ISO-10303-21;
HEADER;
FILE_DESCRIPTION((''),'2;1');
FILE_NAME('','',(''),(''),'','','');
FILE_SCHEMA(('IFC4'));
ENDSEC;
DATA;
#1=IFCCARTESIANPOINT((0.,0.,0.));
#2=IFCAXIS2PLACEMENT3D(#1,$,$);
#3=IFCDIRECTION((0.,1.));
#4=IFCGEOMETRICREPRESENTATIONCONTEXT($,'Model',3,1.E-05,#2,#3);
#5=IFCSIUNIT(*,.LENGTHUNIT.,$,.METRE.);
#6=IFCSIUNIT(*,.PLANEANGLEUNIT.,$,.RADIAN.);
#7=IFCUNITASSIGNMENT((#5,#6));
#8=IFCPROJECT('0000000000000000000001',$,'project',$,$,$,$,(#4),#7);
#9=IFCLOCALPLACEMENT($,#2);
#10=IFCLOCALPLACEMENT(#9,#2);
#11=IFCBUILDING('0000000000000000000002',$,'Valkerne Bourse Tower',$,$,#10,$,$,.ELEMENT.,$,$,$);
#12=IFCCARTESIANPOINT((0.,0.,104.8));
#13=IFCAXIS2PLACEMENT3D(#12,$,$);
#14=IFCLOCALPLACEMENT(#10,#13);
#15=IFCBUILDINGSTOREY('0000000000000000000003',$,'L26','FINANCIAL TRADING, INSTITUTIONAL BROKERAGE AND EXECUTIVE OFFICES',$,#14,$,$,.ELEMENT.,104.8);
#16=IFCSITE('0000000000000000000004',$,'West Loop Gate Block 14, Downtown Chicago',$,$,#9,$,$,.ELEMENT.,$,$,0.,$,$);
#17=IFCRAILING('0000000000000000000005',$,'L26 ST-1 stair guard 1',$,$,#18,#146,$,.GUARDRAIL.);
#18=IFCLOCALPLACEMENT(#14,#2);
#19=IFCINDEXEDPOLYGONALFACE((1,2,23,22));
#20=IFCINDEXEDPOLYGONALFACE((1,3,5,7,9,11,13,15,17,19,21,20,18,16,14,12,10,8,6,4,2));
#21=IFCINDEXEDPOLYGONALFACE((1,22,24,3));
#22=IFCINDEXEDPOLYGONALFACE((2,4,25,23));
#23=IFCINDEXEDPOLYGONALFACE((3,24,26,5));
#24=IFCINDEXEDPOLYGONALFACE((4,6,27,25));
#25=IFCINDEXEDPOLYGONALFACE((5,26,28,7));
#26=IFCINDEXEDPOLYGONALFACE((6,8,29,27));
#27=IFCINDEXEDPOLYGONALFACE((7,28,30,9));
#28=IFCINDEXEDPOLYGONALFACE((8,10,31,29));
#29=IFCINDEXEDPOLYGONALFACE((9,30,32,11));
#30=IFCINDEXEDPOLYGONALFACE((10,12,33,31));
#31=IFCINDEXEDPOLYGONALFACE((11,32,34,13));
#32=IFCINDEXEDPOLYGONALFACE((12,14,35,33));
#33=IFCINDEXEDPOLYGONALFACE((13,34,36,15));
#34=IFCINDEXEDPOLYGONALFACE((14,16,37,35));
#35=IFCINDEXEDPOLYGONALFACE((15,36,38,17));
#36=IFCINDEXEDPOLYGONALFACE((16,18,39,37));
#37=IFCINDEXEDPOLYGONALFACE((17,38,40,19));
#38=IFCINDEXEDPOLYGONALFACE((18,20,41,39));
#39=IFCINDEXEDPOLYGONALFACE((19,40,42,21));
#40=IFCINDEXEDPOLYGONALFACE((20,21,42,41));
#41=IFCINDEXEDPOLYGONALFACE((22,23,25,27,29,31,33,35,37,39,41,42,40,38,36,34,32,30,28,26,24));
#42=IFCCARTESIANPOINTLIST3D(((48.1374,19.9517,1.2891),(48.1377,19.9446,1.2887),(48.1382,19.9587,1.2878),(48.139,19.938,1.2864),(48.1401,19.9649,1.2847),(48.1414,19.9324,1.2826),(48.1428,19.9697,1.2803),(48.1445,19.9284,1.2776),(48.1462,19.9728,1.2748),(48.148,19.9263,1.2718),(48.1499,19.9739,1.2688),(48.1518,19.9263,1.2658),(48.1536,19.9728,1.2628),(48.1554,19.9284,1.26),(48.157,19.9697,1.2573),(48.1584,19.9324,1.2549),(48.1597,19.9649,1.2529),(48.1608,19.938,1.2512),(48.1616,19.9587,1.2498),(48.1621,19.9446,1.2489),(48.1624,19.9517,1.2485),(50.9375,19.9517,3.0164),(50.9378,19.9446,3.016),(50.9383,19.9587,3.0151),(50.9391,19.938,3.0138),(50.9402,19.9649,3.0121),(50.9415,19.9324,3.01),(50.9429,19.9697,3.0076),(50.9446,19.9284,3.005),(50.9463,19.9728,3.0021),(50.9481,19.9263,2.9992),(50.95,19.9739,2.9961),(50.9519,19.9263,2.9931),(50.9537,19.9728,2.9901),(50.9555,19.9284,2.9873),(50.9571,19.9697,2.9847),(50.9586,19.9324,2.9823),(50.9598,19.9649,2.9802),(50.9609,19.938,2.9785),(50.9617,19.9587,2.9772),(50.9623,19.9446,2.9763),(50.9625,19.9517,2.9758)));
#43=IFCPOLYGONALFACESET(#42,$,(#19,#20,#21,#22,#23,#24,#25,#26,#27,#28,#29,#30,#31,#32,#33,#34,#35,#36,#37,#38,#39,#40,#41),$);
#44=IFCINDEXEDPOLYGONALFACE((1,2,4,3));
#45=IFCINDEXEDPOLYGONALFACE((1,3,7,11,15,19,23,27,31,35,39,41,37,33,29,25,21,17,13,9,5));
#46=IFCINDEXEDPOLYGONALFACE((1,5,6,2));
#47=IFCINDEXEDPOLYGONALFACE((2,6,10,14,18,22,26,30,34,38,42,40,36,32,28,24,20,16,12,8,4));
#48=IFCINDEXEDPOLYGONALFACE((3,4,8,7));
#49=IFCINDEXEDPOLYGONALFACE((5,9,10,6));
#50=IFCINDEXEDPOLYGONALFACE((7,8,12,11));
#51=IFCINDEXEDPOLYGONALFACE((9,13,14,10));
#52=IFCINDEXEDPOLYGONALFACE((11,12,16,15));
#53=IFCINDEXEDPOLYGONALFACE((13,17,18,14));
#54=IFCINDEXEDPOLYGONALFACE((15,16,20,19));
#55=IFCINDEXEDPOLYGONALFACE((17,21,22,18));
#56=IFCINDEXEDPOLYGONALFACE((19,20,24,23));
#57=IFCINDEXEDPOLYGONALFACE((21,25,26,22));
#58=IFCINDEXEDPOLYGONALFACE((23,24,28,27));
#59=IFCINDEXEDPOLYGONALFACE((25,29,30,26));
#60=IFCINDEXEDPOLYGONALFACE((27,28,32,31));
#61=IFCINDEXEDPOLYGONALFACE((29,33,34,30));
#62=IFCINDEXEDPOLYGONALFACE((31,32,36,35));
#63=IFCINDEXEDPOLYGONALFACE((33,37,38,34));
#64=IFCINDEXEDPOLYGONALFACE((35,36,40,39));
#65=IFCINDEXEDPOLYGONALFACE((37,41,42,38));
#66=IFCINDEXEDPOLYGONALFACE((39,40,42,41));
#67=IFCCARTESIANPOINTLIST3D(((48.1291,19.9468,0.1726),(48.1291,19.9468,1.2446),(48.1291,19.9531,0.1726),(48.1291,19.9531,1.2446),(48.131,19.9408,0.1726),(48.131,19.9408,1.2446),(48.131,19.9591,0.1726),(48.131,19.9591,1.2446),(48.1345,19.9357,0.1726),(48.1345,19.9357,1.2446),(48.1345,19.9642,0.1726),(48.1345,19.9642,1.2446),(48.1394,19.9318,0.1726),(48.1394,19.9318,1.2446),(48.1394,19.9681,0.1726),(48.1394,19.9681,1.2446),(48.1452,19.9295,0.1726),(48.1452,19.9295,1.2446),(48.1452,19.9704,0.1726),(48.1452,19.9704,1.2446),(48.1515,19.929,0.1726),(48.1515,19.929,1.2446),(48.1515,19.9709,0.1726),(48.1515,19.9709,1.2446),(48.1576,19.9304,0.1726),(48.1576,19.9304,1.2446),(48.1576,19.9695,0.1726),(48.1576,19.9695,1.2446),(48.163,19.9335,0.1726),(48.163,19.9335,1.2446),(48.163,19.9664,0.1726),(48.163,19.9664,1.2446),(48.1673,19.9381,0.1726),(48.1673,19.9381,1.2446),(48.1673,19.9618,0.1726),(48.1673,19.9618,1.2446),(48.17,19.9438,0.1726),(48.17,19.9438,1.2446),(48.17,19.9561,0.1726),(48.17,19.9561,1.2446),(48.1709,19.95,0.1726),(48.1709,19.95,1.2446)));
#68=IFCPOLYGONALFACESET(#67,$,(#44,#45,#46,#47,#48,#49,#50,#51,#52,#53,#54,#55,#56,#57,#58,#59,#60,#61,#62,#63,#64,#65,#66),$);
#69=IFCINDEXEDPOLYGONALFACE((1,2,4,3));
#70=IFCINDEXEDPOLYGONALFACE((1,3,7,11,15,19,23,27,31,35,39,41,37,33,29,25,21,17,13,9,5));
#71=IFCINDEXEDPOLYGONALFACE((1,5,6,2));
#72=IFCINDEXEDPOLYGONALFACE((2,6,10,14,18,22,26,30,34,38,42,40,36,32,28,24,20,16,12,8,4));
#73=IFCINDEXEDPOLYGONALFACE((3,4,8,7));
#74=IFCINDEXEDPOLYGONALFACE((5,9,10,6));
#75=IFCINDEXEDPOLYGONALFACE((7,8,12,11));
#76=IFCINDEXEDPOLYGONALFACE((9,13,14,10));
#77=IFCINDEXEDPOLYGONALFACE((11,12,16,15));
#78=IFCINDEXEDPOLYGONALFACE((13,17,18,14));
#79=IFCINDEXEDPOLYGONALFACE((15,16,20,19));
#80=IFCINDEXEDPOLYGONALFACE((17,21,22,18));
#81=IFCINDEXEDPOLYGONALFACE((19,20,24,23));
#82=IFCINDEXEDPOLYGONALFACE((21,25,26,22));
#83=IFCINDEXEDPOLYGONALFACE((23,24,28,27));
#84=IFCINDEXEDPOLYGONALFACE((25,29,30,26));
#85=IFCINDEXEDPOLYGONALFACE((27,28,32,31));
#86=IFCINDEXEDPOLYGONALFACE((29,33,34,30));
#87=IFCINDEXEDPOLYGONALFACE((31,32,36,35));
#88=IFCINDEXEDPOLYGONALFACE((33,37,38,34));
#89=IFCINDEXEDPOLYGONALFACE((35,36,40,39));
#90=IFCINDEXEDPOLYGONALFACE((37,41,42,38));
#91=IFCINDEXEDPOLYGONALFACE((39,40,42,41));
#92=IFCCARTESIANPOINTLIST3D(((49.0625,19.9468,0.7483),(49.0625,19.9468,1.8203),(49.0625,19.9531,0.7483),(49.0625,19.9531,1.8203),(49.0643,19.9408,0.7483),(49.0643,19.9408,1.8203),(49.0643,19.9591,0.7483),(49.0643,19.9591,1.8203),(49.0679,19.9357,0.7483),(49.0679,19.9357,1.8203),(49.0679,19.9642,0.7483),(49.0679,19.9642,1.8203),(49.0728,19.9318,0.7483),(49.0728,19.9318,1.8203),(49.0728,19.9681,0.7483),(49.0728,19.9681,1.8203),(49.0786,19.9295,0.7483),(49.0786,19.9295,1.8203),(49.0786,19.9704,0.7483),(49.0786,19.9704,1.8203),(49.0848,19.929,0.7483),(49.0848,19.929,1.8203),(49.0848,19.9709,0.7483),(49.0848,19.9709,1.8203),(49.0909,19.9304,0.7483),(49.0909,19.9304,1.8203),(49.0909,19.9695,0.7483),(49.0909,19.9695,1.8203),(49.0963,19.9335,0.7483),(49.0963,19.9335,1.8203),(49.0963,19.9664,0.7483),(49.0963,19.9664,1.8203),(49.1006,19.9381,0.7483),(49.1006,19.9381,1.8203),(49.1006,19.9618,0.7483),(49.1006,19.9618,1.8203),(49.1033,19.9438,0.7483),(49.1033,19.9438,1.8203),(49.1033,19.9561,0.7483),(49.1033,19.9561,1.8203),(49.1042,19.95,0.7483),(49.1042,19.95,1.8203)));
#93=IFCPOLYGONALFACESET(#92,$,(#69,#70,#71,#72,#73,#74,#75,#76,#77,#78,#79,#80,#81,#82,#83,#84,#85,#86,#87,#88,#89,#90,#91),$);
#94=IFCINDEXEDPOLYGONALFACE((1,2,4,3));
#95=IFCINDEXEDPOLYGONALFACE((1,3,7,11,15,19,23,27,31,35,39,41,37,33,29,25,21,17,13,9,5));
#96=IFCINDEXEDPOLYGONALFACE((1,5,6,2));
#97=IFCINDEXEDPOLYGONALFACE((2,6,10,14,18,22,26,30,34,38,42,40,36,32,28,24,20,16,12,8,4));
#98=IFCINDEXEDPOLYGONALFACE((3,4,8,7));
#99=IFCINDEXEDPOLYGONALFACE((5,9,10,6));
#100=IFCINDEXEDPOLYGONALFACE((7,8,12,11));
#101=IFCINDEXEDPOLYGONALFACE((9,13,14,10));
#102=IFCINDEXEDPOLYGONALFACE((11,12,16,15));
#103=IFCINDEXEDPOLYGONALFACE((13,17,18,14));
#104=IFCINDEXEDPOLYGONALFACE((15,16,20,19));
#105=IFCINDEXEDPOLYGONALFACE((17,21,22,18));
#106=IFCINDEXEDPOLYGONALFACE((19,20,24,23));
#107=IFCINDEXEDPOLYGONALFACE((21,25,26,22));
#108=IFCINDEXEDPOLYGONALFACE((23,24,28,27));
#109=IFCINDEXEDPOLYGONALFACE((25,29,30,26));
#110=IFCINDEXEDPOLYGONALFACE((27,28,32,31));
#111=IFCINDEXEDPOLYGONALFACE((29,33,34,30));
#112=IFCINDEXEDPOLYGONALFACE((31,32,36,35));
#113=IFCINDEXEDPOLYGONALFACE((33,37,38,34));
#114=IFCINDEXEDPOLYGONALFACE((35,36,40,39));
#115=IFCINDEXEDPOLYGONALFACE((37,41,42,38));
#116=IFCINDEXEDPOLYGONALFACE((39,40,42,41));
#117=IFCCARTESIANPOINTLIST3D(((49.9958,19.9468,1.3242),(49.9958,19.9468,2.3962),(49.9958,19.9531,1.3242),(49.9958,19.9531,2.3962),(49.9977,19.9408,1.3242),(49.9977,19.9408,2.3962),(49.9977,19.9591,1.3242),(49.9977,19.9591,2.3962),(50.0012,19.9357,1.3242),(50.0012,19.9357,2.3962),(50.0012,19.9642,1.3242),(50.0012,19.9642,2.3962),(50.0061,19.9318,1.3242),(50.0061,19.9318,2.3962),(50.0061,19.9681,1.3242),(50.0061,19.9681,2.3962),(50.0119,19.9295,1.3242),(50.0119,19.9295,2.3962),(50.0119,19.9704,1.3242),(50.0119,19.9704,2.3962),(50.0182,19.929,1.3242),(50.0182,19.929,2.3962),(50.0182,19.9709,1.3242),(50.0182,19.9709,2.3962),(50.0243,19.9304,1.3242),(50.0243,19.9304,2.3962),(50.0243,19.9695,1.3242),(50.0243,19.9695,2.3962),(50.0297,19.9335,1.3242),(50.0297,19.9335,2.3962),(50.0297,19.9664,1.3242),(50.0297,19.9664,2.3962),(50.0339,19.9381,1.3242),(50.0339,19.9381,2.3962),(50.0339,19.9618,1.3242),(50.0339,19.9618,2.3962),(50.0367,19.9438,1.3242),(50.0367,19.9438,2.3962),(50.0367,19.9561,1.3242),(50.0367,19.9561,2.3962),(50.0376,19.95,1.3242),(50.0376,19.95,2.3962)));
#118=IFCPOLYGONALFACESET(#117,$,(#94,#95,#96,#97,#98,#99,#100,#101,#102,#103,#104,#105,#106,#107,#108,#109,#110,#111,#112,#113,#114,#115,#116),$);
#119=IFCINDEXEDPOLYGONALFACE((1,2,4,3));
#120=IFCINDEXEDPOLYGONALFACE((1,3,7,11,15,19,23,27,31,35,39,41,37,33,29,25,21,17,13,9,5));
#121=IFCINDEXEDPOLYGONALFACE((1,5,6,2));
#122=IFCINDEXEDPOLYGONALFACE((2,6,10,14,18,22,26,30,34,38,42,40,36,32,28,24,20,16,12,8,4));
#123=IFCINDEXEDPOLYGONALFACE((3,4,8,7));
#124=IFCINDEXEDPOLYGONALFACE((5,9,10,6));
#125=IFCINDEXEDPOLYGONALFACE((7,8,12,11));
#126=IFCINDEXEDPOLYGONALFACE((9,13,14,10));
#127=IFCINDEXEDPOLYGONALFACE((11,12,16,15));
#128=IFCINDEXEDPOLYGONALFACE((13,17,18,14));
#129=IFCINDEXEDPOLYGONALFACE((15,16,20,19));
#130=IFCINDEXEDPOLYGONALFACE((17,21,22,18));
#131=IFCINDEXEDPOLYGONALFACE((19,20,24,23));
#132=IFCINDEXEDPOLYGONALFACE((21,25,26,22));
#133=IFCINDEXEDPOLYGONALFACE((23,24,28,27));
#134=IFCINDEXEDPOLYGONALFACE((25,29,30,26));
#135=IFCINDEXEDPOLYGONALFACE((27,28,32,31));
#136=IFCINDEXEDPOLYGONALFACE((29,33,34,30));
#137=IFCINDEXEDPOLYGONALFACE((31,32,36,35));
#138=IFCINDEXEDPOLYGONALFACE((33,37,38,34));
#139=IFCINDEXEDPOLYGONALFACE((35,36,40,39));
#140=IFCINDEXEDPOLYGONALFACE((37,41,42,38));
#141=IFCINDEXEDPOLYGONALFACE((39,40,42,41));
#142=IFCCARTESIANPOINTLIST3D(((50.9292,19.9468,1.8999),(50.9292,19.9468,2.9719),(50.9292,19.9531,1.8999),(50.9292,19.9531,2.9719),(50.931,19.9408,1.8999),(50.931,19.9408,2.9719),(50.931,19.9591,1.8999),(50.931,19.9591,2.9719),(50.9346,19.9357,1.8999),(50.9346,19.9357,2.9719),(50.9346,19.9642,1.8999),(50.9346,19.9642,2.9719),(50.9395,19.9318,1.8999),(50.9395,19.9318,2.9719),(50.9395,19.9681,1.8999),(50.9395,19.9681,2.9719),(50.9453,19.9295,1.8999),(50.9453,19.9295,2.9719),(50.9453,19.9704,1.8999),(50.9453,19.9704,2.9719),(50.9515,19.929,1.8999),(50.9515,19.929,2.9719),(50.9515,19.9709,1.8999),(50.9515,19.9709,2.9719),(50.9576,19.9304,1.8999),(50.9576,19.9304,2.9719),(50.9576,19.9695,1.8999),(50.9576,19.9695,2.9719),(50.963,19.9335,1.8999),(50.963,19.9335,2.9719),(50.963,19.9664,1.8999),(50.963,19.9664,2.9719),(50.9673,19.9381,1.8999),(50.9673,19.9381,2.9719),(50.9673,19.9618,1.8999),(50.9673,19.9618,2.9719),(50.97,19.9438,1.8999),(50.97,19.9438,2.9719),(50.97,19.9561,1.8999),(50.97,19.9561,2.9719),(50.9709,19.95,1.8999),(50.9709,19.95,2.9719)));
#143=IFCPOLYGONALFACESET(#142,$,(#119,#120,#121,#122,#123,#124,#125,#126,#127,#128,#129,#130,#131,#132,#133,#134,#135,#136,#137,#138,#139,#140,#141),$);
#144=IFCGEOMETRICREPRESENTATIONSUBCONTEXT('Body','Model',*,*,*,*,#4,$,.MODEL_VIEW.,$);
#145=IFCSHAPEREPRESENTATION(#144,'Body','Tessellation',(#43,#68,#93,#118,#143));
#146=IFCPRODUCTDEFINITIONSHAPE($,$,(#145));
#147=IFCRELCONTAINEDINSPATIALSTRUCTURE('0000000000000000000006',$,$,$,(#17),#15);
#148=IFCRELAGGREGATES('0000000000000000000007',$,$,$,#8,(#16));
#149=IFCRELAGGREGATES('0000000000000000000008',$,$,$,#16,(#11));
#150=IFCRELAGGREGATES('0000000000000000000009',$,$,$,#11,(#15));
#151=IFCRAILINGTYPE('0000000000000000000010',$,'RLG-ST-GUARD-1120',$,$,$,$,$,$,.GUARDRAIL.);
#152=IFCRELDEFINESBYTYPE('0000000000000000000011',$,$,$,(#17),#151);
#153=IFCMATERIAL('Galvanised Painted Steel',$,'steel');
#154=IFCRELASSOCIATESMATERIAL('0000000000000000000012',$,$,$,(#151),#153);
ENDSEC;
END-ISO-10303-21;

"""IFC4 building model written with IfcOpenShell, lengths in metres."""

from ifc_helpers import new_model, si_unit, direction, frame, origin, origin_2d, place, context, subcontext, project, spatial, circle, extrude, material, type_object, element, save


model = new_model("IFC4")

# Units and contexts
model_context = context("Model", 3, precision=1e-05, world=origin(), true_north=direction((0.0, 1.0)))
body_context = subcontext(model_context, "Body", "Model", "MODEL_VIEW")
ifc_project = project(units=[si_unit("LENGTHUNIT", "METRE"), si_unit("PLANEANGLEUNIT", "RADIAN")], contexts=[model_context])

# Site, building, storey
site_placement = place(None, origin())
site = spatial("IfcSite", under=ifc_project, at=site_placement, Name="West Loop Gate Block 14, Downtown Chicago", CompositionType="ELEMENT", RefElevation=0.0)
building_placement = place(site_placement, origin())
building = spatial("IfcBuilding", under=site, at=building_placement, Name="Valkerne Bourse Tower", CompositionType="ELEMENT")
storey_placement = place(building_placement, frame((0.0, 0.0, 104.8)))
storey = spatial("IfcBuildingStorey", under=building, at=storey_placement, Name="L26", Description="FINANCIAL TRADING, INSTITUTIONAL BROKERAGE AND EXECUTIVE OFFICES", CompositionType="ELEMENT", Elevation=104.8)

# Shared definitions
ifc_material_1 = material(Name="Galvanised Painted Steel", Category="steel")

# Railing
railing_type_1 = type_object("IfcRailingType", Name="RLG-ST-GUARD-1120", PredefinedType="GUARDRAIL", material=ifc_material_1)
railing_1_placement = place(storey_placement, frame((48.1499, 19.95, 0.1726)))
element("IfcRailing", 1, at=railing_1_placement, inside=storey, type_object=railing_type_1, Name="L26 ST-1 stair guard 1", PredefinedType="GUARDRAIL", context=body_context, shape_type="SweptSolid", body=[
    extrude(circle(Radius=0.0239, at=origin_2d()), frame((0.0, 0.0, 1.0962), z_axis=(0.85109, 0.0, 0.52502), x_axis=(0.0, 1.0, 0.0)), (0.0, 0.0, 1.0), 3.29),
    extrude(circle(Radius=0.021, at=origin_2d()), origin(), (0.0, 0.0, 1.0), 1.072),
    extrude(circle(Radius=0.021, at=origin_2d()), frame((0.9333, 0.0, 0.5757)), (0.0, 0.0, 1.0), 1.072),
    extrude(circle(Radius=0.021, at=origin_2d()), frame((1.8667, 0.0, 1.1516)), (0.0, 0.0, 1.0), 1.072),
    extrude(circle(Radius=0.021, at=origin_2d()), frame((2.8, 0.0, 1.7273)), (0.0, 0.0, 1.0), 1.072),
])

save(model, "model.ifc")
